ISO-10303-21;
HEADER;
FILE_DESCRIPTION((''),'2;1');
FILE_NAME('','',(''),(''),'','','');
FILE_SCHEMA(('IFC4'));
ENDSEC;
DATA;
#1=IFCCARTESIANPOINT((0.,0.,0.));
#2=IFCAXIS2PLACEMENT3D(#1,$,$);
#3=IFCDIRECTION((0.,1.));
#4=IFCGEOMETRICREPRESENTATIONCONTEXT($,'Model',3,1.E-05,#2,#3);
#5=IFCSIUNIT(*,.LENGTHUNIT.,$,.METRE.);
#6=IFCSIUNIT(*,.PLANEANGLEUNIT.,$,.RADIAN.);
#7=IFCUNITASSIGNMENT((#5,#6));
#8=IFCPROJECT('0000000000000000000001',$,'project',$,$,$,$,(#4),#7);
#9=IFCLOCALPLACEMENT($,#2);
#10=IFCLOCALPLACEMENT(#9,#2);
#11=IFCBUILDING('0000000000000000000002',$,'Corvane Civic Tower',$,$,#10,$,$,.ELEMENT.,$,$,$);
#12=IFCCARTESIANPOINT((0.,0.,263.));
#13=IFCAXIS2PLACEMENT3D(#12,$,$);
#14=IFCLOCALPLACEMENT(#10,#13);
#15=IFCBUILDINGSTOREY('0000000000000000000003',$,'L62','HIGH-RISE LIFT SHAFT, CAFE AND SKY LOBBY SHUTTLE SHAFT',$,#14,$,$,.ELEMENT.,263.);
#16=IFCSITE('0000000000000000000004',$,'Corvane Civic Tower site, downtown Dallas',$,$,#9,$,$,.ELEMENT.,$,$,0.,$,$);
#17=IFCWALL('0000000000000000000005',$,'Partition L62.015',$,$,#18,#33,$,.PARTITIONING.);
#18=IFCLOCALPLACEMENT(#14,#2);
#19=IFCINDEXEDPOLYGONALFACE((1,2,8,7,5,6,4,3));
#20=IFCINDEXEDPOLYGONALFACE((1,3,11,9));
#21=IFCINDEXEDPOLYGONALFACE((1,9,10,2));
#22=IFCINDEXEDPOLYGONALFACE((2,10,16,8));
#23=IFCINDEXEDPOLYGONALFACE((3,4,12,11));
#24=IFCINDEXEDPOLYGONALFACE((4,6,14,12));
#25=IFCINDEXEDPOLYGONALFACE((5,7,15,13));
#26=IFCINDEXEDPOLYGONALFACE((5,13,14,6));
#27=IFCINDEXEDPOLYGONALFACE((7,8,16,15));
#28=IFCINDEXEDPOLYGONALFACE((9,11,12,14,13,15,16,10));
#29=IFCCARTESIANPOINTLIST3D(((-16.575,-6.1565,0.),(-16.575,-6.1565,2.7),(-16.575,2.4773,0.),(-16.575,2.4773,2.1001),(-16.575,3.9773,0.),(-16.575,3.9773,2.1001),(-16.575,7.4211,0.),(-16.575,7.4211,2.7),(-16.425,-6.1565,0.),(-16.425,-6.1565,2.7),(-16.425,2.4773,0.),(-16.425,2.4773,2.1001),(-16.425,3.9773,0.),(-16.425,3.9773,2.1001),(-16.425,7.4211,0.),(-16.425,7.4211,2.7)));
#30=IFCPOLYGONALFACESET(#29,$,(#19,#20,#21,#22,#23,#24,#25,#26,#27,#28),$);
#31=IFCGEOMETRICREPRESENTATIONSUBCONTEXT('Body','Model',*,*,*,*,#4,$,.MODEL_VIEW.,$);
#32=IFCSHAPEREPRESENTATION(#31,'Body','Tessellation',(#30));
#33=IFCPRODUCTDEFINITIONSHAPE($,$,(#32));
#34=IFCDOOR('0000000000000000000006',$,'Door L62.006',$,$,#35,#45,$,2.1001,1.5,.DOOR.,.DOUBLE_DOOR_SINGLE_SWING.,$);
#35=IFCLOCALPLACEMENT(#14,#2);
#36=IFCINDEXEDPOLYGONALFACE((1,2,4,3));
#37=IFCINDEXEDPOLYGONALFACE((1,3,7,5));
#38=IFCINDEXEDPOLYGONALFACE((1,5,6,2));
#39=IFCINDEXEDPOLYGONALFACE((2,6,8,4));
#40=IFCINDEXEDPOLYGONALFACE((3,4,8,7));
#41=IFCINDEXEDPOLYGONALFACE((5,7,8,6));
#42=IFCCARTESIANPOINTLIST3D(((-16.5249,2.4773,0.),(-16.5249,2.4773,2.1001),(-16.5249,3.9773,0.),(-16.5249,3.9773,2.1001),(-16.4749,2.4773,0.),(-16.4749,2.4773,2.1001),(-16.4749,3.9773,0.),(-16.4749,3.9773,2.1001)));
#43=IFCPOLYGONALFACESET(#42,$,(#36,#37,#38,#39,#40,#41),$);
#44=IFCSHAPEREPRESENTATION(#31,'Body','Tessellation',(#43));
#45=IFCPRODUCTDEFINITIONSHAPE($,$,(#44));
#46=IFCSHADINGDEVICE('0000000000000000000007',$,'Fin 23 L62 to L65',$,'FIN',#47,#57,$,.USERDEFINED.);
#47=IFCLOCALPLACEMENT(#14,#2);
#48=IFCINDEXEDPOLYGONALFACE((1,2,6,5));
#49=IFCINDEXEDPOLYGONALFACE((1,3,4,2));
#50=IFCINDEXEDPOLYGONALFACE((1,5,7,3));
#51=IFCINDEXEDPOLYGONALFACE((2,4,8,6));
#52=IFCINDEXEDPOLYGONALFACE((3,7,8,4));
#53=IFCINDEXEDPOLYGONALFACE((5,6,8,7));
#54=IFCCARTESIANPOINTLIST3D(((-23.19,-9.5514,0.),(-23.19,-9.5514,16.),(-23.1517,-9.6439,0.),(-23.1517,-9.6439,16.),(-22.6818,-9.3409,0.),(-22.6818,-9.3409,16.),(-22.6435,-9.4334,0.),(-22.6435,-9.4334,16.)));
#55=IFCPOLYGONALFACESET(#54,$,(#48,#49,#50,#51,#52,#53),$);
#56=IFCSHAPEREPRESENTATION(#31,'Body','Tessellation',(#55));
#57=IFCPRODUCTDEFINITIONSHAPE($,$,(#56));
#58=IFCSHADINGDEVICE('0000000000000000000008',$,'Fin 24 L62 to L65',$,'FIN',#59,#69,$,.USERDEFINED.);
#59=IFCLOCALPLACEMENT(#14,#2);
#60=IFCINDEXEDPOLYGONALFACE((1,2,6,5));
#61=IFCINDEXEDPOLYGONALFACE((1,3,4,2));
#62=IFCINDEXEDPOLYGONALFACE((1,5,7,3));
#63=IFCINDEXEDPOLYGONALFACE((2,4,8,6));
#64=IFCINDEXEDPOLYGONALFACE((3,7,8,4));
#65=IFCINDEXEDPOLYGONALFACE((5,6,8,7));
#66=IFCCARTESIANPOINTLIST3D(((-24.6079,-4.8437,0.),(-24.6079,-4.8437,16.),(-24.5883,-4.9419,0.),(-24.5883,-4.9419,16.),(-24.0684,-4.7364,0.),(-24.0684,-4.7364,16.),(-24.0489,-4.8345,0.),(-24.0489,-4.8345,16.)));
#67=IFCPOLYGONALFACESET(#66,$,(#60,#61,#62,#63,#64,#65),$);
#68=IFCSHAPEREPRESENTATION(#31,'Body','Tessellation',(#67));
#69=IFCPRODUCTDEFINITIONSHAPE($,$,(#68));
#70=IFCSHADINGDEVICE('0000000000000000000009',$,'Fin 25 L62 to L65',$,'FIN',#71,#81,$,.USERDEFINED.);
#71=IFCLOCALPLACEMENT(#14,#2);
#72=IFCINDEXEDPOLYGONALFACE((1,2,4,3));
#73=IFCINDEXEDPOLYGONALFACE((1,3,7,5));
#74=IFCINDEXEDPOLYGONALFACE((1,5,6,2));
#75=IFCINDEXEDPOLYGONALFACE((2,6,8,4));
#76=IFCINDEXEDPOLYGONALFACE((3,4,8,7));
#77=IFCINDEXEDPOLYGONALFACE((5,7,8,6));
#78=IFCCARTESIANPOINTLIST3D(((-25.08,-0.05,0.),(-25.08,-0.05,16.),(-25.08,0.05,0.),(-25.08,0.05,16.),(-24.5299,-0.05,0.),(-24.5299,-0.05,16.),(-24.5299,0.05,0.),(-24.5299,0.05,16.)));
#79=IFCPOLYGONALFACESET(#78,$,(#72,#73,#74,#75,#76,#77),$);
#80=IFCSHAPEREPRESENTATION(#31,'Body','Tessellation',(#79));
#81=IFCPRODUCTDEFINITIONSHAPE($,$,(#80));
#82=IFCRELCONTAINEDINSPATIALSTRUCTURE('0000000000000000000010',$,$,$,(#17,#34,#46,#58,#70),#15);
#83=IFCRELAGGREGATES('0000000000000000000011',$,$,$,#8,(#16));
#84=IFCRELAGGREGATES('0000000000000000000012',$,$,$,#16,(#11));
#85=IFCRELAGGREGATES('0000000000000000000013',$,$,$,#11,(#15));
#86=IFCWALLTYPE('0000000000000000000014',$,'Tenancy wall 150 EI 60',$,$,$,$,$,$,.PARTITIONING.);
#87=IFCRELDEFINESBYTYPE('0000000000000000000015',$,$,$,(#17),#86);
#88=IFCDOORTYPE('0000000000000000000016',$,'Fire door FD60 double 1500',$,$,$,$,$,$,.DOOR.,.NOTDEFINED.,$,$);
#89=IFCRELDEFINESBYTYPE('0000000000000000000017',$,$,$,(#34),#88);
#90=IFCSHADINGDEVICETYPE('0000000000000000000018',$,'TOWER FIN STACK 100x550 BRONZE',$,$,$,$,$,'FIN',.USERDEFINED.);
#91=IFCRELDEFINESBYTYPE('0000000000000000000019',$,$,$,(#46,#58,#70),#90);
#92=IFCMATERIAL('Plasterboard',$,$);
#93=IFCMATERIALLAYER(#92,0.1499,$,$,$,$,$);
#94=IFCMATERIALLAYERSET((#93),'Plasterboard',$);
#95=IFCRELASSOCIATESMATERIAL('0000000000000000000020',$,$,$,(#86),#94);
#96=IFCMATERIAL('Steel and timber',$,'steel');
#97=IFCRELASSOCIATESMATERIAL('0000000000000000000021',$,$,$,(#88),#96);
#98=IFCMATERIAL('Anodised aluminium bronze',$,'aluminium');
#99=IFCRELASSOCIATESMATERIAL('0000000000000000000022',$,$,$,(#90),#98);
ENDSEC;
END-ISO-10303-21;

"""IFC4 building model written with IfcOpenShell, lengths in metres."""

from ifc_helpers import new_model, si_unit, direction, frame, frame_2d, origin, origin_2d, place, context, subcontext, project, spatial, rectangle, extrude, material, layer, layer_set, material_profile, profile_set, type_object, element, fill, save


model = new_model("IFC4")

# Units and contexts
model_context = context("Model", 3, precision=1e-05, world=origin(), true_north=direction((0.0, 1.0)))
body_context = subcontext(model_context, "Body", "Model", "MODEL_VIEW")
ifc_project = project(units=[si_unit("LENGTHUNIT", "METRE"), si_unit("PLANEANGLEUNIT", "RADIAN")], contexts=[model_context])

# Site, building, storey
site_placement = place(None, origin())
site = spatial("IfcSite", under=ifc_project, at=site_placement, Name="Corvane Civic Tower site, downtown Dallas", CompositionType="ELEMENT", RefElevation=0.0)
building_placement = place(site_placement, origin())
building = spatial("IfcBuilding", under=site, at=building_placement, Name="Corvane Civic Tower", CompositionType="ELEMENT")
storey_placement = place(building_placement, frame((0.0, 0.0, 263.0)))
storey = spatial("IfcBuildingStorey", under=building, at=storey_placement, Name="L62", Description="HIGH-RISE LIFT SHAFT, CAFE AND SKY LOBBY SHUTTLE SHAFT", CompositionType="ELEMENT", Elevation=263.0)

# Wall, opening, door
ifc_material_1 = material(Name="Plasterboard")
ifc_layer_1 = layer(ifc_material_1, 0.1499)
ifc_layer_set_1 = layer_set([ifc_layer_1], Name="Plasterboard")
wall_type_1 = type_object("IfcWallType", Name="Tenancy wall 150 EI 60", PredefinedType="PARTITIONING", material=ifc_layer_set_1)
wall_1_placement = place(storey_placement, frame((-16.5, -6.1565, 0.0), z_axis=(0.0, 0.0, 1.0), x_axis=(0.0, 1.0, 0.0)))
wall_1 = element("IfcWall", 1, at=wall_1_placement, inside=storey, type_object=wall_type_1, Name="Partition L62.015", PredefinedType="PARTITIONING", context=body_context, shape_type="SweptSolid", body=[
    extrude(rectangle(XDim=13.5776, YDim=0.1499, at=frame_2d((6.7888, 0.0))), origin(), (0.0, 0.0, 1.0), 2.7),
])
opening_1_placement = place(wall_1_placement, frame((8.6338, 0.0, 0.0)))
opening_1 = element("IfcOpeningElement", 2, at=opening_1_placement, cuts=wall_1, PredefinedType="OPENING", context=body_context, shape_type="SweptSolid", body=[
    extrude(rectangle(XDim=1.5, YDim=2.1001, at=frame_2d((0.75, 1.05))), frame((0.0, 0.085, 0.0), z_axis=(0.0, -1.0, 0.0), x_axis=(1.0, 0.0, 0.0)), (0.0, 0.0, 1.0), 0.1699),
])
ifc_material_2 = material(Name="Steel and timber", Category="steel")
door_type_1 = type_object("IfcDoorType", Name="Fire door FD60 double 1500", OperationType="NOTDEFINED", PredefinedType="DOOR", material=ifc_material_2)
door_1_placement = place(opening_1_placement, origin())
door_1 = element("IfcDoor", 3, at=door_1_placement, inside=storey, type_object=door_type_1, Name="Door L62.006", OperationType="DOUBLE_DOOR_SINGLE_SWING", OverallHeight=2.1001, OverallWidth=1.5, PredefinedType="DOOR", context=body_context, shape_type="SweptSolid", body=[
    extrude(rectangle(XDim=1.5, YDim=2.1001, at=frame_2d((0.75, 1.05))), frame((0.0, 0.0249, 0.0), z_axis=(0.0, -1.0, 0.0), x_axis=(1.0, 0.0, 0.0)), (0.0, 0.0, 1.0), 0.05),
])
fill(opening_1, door_1)

# Shading devices
ifc_material_3 = material(Name="Anodised aluminium bronze", Category="aluminium")
ifc_material_profile_1 = material_profile(ifc_material_3, rectangle(XDim=0.1001, YDim=0.55, at=origin_2d()), Name="TOWER FIN STACK 100x550 BRONZE")
ifc_profile_set_1 = profile_set([ifc_material_profile_1], Name="Anodised aluminium bronze")
shading_device_type = type_object("IfcShadingDeviceType", Name="TOWER FIN STACK 100x550 BRONZE", ElementType="FIN", PredefinedType="USERDEFINED", material=ifc_profile_set_1)
for number, where, z_axis, x_axis, name in (
    (4, (-22.9167, -9.4924, 0.0), (0.0, 0.0, 1.0), (-0.382683, 0.92388, 0.0), "Fin 23 L62 to L65"),
    (5, (-24.3284, -4.8391, 0.0), (0.0, 0.0, 1.0), (-0.19509, 0.980785, 0.0), "Fin 24 L62 to L65"),
    (6, (-24.8049, 0.0, 0.0), (0.0, 0.0, 1.0), (0.0, 1.0, 0.0), "Fin 25 L62 to L65"),
):
    element("IfcShadingDevice", number, at=place(storey_placement, frame(where, z_axis=z_axis, x_axis=x_axis)), inside=storey, type_object=shading_device_type, Name=name, ObjectType="FIN", PredefinedType="USERDEFINED", context=body_context, shape_type="SweptSolid", body=[
        extrude(rectangle(XDim=0.1001, YDim=0.55, at=origin_2d()), origin(), (0.0, 0.0, 1.0), 16.0),
    ])

save(model, "model.ifc")
